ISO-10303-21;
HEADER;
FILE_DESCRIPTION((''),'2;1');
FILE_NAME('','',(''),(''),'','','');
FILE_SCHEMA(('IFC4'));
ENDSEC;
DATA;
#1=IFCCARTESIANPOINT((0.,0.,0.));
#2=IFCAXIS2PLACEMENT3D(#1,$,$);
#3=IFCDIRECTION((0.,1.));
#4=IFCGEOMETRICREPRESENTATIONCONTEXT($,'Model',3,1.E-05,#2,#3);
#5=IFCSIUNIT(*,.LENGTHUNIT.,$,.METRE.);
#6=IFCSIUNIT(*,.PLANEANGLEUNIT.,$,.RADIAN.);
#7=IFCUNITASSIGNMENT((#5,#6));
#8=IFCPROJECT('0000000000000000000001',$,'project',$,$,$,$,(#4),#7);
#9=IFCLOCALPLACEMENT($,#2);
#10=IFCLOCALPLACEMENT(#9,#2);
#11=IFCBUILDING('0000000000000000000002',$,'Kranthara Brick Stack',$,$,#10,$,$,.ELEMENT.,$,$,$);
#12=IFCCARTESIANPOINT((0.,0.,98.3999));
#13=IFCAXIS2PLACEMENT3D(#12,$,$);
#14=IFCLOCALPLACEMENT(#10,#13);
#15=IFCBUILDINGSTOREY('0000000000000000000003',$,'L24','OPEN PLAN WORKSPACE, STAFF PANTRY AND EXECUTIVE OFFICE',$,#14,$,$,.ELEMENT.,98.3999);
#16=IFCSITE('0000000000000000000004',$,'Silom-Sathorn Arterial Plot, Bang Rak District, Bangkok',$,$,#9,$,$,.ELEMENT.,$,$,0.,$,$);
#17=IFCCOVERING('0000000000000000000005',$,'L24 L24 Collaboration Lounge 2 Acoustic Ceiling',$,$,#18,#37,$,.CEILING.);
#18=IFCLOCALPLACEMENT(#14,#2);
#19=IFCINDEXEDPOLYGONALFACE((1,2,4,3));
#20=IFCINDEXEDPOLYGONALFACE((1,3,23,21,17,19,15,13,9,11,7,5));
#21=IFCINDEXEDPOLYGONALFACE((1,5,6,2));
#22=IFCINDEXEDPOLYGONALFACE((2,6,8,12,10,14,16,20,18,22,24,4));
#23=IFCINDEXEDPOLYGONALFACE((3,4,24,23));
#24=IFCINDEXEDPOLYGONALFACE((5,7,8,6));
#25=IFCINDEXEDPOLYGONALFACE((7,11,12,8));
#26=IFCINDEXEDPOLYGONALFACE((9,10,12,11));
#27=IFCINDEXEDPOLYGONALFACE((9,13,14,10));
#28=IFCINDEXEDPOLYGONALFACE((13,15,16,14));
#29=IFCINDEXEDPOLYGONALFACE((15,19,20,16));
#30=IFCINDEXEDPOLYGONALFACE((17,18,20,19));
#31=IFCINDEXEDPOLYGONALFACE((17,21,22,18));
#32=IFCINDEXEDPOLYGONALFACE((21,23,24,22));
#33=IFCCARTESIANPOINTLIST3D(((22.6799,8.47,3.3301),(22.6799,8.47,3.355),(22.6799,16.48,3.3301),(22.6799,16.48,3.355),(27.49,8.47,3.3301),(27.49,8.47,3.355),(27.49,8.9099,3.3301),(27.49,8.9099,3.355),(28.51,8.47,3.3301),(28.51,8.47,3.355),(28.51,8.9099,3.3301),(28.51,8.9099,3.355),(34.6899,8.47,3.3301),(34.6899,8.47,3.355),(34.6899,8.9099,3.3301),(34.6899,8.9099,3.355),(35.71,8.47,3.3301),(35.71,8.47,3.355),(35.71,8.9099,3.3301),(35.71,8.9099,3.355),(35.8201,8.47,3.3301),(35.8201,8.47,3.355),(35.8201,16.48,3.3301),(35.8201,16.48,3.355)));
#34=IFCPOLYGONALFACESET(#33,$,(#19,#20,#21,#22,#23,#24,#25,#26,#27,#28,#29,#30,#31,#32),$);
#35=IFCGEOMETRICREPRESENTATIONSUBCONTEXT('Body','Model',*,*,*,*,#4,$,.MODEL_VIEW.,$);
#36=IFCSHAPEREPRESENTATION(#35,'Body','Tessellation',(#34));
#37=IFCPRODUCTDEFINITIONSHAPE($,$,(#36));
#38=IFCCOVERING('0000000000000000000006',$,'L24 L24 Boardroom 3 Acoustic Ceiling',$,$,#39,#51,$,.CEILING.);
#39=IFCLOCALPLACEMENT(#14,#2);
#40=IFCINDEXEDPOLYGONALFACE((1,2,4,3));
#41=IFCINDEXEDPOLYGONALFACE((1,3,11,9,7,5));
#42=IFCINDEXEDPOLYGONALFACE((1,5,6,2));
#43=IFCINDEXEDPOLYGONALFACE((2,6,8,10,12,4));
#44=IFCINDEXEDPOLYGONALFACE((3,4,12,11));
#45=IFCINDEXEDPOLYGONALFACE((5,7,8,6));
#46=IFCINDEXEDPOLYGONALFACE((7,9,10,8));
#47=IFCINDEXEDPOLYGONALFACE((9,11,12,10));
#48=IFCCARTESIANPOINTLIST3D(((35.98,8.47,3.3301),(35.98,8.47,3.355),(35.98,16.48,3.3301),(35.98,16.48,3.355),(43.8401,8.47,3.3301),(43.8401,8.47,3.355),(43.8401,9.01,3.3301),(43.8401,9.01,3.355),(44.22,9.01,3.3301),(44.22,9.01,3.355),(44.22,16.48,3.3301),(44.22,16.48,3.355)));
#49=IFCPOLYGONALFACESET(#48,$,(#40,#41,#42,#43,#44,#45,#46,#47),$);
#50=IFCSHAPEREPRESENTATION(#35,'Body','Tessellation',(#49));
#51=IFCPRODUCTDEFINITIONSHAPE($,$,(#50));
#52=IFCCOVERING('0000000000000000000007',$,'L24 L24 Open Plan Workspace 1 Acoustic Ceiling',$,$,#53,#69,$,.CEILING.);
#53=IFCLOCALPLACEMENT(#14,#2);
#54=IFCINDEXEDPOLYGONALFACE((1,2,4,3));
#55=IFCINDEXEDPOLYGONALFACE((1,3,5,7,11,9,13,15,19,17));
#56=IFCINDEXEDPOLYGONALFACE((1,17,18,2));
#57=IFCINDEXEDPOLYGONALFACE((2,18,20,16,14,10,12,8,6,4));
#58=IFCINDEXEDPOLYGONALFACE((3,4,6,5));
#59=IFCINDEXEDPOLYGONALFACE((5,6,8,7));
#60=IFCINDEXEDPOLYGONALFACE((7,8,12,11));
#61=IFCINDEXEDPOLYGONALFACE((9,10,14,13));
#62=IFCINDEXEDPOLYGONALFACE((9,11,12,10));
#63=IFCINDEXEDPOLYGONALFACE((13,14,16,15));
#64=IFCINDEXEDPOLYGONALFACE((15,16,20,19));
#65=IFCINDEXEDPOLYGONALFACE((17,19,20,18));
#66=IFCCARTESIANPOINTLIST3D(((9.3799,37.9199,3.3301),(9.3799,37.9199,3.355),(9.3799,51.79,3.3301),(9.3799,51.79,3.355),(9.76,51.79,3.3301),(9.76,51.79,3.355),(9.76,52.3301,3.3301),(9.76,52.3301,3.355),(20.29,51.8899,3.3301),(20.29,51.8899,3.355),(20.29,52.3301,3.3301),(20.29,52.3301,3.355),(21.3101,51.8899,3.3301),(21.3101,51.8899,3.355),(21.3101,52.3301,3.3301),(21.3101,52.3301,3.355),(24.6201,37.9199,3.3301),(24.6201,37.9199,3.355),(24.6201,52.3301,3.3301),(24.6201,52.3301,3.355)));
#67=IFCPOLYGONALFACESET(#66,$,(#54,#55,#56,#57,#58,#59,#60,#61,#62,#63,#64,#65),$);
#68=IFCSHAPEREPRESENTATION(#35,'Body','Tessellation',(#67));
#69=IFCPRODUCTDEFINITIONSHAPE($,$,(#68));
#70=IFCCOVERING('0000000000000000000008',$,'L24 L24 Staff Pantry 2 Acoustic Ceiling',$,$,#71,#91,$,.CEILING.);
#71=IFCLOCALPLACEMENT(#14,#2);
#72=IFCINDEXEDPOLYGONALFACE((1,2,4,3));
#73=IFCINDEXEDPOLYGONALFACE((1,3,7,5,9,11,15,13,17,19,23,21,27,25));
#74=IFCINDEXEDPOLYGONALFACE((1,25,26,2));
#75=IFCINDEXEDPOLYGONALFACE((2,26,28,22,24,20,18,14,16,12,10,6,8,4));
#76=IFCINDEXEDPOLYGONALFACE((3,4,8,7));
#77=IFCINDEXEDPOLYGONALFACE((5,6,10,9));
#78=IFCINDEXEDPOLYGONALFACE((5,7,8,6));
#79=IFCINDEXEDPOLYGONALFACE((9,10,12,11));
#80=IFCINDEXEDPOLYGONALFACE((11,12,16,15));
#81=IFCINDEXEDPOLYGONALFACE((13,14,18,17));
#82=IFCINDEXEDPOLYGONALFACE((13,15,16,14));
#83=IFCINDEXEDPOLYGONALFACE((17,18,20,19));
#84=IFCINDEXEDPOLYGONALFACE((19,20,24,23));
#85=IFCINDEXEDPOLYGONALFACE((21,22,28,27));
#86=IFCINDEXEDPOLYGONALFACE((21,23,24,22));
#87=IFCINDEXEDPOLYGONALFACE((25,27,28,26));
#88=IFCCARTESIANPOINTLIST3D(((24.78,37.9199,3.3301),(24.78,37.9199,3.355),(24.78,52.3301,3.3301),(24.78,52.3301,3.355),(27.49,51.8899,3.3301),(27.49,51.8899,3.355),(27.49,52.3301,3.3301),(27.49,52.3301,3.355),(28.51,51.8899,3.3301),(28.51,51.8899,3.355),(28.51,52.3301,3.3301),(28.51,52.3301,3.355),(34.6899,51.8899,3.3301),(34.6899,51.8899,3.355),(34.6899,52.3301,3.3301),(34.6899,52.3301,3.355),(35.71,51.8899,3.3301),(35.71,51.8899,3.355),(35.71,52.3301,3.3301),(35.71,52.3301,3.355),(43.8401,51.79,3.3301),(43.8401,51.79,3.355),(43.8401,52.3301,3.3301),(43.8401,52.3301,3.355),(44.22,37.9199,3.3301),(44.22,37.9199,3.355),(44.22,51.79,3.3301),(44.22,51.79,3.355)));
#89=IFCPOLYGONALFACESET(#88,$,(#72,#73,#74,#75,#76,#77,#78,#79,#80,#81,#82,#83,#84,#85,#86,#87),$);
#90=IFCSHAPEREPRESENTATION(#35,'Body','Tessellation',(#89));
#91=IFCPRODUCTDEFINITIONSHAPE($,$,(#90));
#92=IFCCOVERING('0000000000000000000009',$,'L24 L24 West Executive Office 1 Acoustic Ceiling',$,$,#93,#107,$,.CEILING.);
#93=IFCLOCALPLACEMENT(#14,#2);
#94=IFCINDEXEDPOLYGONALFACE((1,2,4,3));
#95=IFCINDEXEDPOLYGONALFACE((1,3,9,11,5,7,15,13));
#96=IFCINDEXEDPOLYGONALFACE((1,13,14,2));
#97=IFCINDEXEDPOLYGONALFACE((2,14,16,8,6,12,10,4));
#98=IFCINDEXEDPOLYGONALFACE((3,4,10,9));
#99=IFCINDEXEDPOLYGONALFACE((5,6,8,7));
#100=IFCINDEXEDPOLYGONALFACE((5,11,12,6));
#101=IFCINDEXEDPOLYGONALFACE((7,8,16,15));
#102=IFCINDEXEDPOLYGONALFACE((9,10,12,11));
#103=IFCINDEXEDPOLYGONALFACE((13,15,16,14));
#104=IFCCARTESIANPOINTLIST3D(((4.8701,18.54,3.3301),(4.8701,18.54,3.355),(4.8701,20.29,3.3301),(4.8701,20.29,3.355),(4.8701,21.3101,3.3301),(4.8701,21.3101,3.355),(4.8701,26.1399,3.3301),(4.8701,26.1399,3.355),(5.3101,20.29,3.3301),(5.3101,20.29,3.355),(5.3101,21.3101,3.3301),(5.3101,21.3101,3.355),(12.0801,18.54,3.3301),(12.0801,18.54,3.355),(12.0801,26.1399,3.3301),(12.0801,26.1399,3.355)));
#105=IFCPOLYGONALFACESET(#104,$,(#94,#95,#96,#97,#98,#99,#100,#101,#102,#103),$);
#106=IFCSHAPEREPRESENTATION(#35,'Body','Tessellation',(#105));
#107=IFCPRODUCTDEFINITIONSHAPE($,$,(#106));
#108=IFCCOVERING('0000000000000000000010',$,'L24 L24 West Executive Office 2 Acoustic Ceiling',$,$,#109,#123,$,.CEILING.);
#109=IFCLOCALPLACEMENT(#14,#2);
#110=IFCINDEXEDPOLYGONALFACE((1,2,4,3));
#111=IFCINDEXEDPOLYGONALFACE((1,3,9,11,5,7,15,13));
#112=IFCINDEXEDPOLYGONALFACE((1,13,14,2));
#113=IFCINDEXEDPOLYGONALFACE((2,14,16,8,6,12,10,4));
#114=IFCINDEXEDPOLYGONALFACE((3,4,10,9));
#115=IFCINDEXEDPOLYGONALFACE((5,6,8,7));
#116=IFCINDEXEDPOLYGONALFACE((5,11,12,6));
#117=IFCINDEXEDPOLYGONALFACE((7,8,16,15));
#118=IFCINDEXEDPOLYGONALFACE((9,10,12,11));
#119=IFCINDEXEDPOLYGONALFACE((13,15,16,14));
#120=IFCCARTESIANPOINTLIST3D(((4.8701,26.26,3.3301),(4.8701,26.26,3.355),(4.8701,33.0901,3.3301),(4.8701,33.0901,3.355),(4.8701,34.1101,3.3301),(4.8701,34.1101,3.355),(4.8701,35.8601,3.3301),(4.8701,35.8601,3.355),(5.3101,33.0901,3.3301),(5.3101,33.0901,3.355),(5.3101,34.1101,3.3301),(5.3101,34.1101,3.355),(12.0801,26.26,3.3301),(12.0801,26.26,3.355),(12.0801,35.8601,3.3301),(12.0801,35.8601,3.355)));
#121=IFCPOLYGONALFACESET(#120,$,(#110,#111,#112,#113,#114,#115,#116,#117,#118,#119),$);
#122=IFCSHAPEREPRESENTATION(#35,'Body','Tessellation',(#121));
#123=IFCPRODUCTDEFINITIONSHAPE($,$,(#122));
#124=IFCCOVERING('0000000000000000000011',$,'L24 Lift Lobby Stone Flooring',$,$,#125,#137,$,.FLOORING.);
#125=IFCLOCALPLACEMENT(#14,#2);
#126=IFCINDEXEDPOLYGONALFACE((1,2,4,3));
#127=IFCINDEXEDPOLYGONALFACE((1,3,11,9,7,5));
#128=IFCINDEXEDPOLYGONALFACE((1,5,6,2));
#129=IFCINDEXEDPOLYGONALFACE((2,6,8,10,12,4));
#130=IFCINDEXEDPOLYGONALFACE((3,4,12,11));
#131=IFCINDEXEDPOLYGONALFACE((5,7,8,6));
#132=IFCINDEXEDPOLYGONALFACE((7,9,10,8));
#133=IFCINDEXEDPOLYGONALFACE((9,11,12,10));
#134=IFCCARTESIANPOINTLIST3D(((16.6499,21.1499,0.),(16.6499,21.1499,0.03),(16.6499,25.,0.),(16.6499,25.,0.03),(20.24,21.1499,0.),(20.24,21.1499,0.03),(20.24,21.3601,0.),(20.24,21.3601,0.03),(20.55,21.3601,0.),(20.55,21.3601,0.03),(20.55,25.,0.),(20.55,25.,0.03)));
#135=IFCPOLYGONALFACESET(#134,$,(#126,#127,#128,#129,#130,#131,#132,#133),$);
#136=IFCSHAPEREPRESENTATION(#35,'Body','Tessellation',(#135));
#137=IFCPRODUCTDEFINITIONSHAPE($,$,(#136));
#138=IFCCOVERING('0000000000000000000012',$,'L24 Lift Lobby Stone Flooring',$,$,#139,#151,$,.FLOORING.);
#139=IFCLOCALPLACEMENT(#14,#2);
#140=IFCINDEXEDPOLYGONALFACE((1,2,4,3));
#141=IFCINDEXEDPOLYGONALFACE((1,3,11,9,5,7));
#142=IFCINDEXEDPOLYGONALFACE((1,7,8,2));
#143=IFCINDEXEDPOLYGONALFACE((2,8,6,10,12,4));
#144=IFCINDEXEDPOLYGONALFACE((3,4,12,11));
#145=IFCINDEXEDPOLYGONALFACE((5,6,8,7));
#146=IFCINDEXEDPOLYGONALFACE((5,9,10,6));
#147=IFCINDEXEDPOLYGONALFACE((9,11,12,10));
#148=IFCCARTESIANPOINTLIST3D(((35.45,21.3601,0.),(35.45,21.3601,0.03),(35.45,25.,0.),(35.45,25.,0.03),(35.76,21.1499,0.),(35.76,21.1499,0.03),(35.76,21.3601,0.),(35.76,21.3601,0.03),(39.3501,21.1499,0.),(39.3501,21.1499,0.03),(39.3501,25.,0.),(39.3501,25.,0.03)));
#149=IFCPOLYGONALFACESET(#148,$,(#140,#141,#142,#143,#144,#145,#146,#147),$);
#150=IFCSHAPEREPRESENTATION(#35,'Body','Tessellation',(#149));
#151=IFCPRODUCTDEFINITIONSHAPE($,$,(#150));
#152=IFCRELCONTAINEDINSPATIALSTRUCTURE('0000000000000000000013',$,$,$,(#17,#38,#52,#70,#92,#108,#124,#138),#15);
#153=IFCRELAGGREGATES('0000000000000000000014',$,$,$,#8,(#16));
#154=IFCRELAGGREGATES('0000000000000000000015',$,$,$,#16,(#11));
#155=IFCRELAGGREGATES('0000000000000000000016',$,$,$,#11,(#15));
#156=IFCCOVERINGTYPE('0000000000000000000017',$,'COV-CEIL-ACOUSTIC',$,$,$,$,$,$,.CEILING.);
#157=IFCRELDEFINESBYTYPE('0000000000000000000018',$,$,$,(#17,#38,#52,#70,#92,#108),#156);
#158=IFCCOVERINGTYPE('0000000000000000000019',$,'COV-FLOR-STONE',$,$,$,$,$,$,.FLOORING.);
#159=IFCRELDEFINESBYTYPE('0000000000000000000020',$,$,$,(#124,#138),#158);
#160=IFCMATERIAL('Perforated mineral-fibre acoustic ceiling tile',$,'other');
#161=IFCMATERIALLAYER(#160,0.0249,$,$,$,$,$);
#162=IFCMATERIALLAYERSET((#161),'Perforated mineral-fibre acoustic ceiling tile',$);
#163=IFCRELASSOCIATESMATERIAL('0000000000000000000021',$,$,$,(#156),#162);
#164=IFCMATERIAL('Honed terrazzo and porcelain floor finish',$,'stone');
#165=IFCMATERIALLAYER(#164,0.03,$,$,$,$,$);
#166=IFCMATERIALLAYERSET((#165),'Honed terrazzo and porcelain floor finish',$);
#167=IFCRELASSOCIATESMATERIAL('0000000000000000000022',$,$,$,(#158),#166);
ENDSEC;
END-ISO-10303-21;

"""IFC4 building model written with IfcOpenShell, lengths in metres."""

from ifc_helpers import new_model, si_unit, direction, frame, origin, place, context, subcontext, project, spatial, polyline, outline, extrude, material, layer, layer_set, type_object, element, save


model = new_model("IFC4")

# Units and contexts
model_context = context("Model", 3, precision=1e-05, world=origin(), true_north=direction((0.0, 1.0)))
body_context = subcontext(model_context, "Body", "Model", "MODEL_VIEW")
ifc_project = project(units=[si_unit("LENGTHUNIT", "METRE"), si_unit("PLANEANGLEUNIT", "RADIAN")], contexts=[model_context])

# Site, building, storey
site_placement = place(None, origin())
site = spatial("IfcSite", under=ifc_project, at=site_placement, Name="Silom-Sathorn Arterial Plot, Bang Rak District, Bangkok", CompositionType="ELEMENT", RefElevation=0.0)
building_placement = place(site_placement, origin())
building = spatial("IfcBuilding", under=site, at=building_placement, Name="Kranthara Brick Stack", CompositionType="ELEMENT")
storey_placement = place(building_placement, frame((0.0, 0.0, 98.3999)))
storey = spatial("IfcBuildingStorey", under=building, at=storey_placement, Name="L24", Description="OPEN PLAN WORKSPACE, STAFF PANTRY AND EXECUTIVE OFFICE", CompositionType="ELEMENT", Elevation=98.3999)

# Coverings
ifc_material_1 = material(Name="Perforated mineral-fibre acoustic ceiling tile", Category="other")
ifc_layer_1 = layer(ifc_material_1, 0.0249)
ifc_layer_set_1 = layer_set([ifc_layer_1], Name="Perforated mineral-fibre acoustic ceiling tile")
covering_type_1 = type_object("IfcCoveringType", Name="COV-CEIL-ACOUSTIC", PredefinedType="CEILING", material=ifc_layer_set_1)
covering_1_placement = place(storey_placement, frame((0.0, 0.0, 3.3301)))
element("IfcCovering", 1, at=covering_1_placement, inside=storey, type_object=covering_type_1, Name="L24 L24 Collaboration Lounge 2 Acoustic Ceiling", PredefinedType="CEILING", context=body_context, shape_type="SweptSolid", body=[
    extrude(outline(polyline([(22.6799, 16.48), (35.8201, 16.48), (35.8201, 8.47), (35.71, 8.47), (35.71, 8.9099), (34.6899, 8.9099), (34.6899, 8.47), (28.51, 8.47), (28.51, 8.9099), (27.49, 8.9099), (27.49, 8.47), (22.6799, 8.47), (22.6799, 16.48)])), origin(), (0.0, 0.0, 1.0), 0.0249),
])
covering_2_placement = place(storey_placement, frame((0.0, 0.0, 3.3301)))
element("IfcCovering", 2, at=covering_2_placement, inside=storey, type_object=covering_type_1, Name="L24 L24 Boardroom 3 Acoustic Ceiling", PredefinedType="CEILING", context=body_context, shape_type="SweptSolid", body=[
    extrude(outline(polyline([(35.98, 8.47), (35.98, 16.48), (44.22, 16.48), (44.22, 9.01), (43.8401, 9.01), (43.8401, 8.47), (35.98, 8.47)])), origin(), (0.0, 0.0, 1.0), 0.0249),
])
covering_3_placement = place(storey_placement, frame((0.0, 0.0, 3.3301)))
element("IfcCovering", 3, at=covering_3_placement, inside=storey, type_object=covering_type_1, Name="L24 L24 Open Plan Workspace 1 Acoustic Ceiling", PredefinedType="CEILING", context=body_context, shape_type="SweptSolid", body=[
    extrude(outline(polyline([(24.6201, 37.9199), (9.3799, 37.9199), (9.3799, 51.79), (9.76, 51.79), (9.76, 52.3301), (20.29, 52.3301), (20.29, 51.8899), (21.3101, 51.8899), (21.3101, 52.3301), (24.6201, 52.3301), (24.6201, 37.9199)])), origin(), (0.0, 0.0, 1.0), 0.0249),
])
covering_4_placement = place(storey_placement, frame((0.0, 0.0, 3.3301)))
element("IfcCovering", 4, at=covering_4_placement, inside=storey, type_object=covering_type_1, Name="L24 L24 Staff Pantry 2 Acoustic Ceiling", PredefinedType="CEILING", context=body_context, shape_type="SweptSolid", body=[
    extrude(outline(polyline([(24.78, 37.9199), (24.78, 52.3301), (27.49, 52.3301), (27.49, 51.8899), (28.51, 51.8899), (28.51, 52.3301), (34.6899, 52.3301), (34.6899, 51.8899), (35.71, 51.8899), (35.71, 52.3301), (43.8401, 52.3301), (43.8401, 51.79), (44.22, 51.79), (44.22, 37.9199), (24.78, 37.9199)])), origin(), (0.0, 0.0, 1.0), 0.0249),
])
covering_5_placement = place(storey_placement, frame((0.0, 0.0, 3.3301)))
element("IfcCovering", 5, at=covering_5_placement, inside=storey, type_object=covering_type_1, Name="L24 L24 West Executive Office 1 Acoustic Ceiling", PredefinedType="CEILING", context=body_context, shape_type="SweptSolid", body=[
    extrude(outline(polyline([(4.8701, 26.1399), (12.0801, 26.1399), (12.0801, 18.54), (4.8701, 18.54), (4.8701, 20.29), (5.3101, 20.29), (5.3101, 21.3101), (4.8701, 21.3101), (4.8701, 26.1399)])), origin(), (0.0, 0.0, 1.0), 0.0249),
])
covering_6_placement = place(storey_placement, frame((0.0, 0.0, 3.3301)))
element("IfcCovering", 6, at=covering_6_placement, inside=storey, type_object=covering_type_1, Name="L24 L24 West Executive Office 2 Acoustic Ceiling", PredefinedType="CEILING", context=body_context, shape_type="SweptSolid", body=[
    extrude(outline(polyline([(4.8701, 35.8601), (12.0801, 35.8601), (12.0801, 26.26), (4.8701, 26.26), (4.8701, 33.0901), (5.3101, 33.0901), (5.3101, 34.1101), (4.8701, 34.1101), (4.8701, 35.8601)])), origin(), (0.0, 0.0, 1.0), 0.0249),
])
ifc_material_2 = material(Name="Honed terrazzo and porcelain floor finish", Category="stone")
ifc_layer_2 = layer(ifc_material_2, 0.03)
ifc_layer_set_2 = layer_set([ifc_layer_2], Name="Honed terrazzo and porcelain floor finish")
covering_type_2 = type_object("IfcCoveringType", Name="COV-FLOR-STONE", PredefinedType="FLOORING", material=ifc_layer_set_2)
covering_7_placement = place(storey_placement, origin())
element("IfcCovering", 7, at=covering_7_placement, inside=storey, type_object=covering_type_2, Name="L24 Lift Lobby Stone Flooring", PredefinedType="FLOORING", context=body_context, shape_type="SweptSolid", body=[
    extrude(outline(polyline([(16.6499, 21.1499), (16.6499, 25.0), (20.55, 25.0), (20.55, 21.3601), (20.24, 21.3601), (20.24, 21.1499), (16.6499, 21.1499)])), origin(), (0.0, 0.0, 1.0), 0.03),
])
covering_8_placement = place(storey_placement, origin())
element("IfcCovering", 8, at=covering_8_placement, inside=storey, type_object=covering_type_2, Name="L24 Lift Lobby Stone Flooring", PredefinedType="FLOORING", context=body_context, shape_type="SweptSolid", body=[
    extrude(outline(polyline([(35.45, 25.0), (39.3501, 25.0), (39.3501, 21.1499), (35.76, 21.1499), (35.76, 21.3601), (35.45, 21.3601), (35.45, 25.0)])), origin(), (0.0, 0.0, 1.0), 0.03),
])

save(model, "model.ifc")
